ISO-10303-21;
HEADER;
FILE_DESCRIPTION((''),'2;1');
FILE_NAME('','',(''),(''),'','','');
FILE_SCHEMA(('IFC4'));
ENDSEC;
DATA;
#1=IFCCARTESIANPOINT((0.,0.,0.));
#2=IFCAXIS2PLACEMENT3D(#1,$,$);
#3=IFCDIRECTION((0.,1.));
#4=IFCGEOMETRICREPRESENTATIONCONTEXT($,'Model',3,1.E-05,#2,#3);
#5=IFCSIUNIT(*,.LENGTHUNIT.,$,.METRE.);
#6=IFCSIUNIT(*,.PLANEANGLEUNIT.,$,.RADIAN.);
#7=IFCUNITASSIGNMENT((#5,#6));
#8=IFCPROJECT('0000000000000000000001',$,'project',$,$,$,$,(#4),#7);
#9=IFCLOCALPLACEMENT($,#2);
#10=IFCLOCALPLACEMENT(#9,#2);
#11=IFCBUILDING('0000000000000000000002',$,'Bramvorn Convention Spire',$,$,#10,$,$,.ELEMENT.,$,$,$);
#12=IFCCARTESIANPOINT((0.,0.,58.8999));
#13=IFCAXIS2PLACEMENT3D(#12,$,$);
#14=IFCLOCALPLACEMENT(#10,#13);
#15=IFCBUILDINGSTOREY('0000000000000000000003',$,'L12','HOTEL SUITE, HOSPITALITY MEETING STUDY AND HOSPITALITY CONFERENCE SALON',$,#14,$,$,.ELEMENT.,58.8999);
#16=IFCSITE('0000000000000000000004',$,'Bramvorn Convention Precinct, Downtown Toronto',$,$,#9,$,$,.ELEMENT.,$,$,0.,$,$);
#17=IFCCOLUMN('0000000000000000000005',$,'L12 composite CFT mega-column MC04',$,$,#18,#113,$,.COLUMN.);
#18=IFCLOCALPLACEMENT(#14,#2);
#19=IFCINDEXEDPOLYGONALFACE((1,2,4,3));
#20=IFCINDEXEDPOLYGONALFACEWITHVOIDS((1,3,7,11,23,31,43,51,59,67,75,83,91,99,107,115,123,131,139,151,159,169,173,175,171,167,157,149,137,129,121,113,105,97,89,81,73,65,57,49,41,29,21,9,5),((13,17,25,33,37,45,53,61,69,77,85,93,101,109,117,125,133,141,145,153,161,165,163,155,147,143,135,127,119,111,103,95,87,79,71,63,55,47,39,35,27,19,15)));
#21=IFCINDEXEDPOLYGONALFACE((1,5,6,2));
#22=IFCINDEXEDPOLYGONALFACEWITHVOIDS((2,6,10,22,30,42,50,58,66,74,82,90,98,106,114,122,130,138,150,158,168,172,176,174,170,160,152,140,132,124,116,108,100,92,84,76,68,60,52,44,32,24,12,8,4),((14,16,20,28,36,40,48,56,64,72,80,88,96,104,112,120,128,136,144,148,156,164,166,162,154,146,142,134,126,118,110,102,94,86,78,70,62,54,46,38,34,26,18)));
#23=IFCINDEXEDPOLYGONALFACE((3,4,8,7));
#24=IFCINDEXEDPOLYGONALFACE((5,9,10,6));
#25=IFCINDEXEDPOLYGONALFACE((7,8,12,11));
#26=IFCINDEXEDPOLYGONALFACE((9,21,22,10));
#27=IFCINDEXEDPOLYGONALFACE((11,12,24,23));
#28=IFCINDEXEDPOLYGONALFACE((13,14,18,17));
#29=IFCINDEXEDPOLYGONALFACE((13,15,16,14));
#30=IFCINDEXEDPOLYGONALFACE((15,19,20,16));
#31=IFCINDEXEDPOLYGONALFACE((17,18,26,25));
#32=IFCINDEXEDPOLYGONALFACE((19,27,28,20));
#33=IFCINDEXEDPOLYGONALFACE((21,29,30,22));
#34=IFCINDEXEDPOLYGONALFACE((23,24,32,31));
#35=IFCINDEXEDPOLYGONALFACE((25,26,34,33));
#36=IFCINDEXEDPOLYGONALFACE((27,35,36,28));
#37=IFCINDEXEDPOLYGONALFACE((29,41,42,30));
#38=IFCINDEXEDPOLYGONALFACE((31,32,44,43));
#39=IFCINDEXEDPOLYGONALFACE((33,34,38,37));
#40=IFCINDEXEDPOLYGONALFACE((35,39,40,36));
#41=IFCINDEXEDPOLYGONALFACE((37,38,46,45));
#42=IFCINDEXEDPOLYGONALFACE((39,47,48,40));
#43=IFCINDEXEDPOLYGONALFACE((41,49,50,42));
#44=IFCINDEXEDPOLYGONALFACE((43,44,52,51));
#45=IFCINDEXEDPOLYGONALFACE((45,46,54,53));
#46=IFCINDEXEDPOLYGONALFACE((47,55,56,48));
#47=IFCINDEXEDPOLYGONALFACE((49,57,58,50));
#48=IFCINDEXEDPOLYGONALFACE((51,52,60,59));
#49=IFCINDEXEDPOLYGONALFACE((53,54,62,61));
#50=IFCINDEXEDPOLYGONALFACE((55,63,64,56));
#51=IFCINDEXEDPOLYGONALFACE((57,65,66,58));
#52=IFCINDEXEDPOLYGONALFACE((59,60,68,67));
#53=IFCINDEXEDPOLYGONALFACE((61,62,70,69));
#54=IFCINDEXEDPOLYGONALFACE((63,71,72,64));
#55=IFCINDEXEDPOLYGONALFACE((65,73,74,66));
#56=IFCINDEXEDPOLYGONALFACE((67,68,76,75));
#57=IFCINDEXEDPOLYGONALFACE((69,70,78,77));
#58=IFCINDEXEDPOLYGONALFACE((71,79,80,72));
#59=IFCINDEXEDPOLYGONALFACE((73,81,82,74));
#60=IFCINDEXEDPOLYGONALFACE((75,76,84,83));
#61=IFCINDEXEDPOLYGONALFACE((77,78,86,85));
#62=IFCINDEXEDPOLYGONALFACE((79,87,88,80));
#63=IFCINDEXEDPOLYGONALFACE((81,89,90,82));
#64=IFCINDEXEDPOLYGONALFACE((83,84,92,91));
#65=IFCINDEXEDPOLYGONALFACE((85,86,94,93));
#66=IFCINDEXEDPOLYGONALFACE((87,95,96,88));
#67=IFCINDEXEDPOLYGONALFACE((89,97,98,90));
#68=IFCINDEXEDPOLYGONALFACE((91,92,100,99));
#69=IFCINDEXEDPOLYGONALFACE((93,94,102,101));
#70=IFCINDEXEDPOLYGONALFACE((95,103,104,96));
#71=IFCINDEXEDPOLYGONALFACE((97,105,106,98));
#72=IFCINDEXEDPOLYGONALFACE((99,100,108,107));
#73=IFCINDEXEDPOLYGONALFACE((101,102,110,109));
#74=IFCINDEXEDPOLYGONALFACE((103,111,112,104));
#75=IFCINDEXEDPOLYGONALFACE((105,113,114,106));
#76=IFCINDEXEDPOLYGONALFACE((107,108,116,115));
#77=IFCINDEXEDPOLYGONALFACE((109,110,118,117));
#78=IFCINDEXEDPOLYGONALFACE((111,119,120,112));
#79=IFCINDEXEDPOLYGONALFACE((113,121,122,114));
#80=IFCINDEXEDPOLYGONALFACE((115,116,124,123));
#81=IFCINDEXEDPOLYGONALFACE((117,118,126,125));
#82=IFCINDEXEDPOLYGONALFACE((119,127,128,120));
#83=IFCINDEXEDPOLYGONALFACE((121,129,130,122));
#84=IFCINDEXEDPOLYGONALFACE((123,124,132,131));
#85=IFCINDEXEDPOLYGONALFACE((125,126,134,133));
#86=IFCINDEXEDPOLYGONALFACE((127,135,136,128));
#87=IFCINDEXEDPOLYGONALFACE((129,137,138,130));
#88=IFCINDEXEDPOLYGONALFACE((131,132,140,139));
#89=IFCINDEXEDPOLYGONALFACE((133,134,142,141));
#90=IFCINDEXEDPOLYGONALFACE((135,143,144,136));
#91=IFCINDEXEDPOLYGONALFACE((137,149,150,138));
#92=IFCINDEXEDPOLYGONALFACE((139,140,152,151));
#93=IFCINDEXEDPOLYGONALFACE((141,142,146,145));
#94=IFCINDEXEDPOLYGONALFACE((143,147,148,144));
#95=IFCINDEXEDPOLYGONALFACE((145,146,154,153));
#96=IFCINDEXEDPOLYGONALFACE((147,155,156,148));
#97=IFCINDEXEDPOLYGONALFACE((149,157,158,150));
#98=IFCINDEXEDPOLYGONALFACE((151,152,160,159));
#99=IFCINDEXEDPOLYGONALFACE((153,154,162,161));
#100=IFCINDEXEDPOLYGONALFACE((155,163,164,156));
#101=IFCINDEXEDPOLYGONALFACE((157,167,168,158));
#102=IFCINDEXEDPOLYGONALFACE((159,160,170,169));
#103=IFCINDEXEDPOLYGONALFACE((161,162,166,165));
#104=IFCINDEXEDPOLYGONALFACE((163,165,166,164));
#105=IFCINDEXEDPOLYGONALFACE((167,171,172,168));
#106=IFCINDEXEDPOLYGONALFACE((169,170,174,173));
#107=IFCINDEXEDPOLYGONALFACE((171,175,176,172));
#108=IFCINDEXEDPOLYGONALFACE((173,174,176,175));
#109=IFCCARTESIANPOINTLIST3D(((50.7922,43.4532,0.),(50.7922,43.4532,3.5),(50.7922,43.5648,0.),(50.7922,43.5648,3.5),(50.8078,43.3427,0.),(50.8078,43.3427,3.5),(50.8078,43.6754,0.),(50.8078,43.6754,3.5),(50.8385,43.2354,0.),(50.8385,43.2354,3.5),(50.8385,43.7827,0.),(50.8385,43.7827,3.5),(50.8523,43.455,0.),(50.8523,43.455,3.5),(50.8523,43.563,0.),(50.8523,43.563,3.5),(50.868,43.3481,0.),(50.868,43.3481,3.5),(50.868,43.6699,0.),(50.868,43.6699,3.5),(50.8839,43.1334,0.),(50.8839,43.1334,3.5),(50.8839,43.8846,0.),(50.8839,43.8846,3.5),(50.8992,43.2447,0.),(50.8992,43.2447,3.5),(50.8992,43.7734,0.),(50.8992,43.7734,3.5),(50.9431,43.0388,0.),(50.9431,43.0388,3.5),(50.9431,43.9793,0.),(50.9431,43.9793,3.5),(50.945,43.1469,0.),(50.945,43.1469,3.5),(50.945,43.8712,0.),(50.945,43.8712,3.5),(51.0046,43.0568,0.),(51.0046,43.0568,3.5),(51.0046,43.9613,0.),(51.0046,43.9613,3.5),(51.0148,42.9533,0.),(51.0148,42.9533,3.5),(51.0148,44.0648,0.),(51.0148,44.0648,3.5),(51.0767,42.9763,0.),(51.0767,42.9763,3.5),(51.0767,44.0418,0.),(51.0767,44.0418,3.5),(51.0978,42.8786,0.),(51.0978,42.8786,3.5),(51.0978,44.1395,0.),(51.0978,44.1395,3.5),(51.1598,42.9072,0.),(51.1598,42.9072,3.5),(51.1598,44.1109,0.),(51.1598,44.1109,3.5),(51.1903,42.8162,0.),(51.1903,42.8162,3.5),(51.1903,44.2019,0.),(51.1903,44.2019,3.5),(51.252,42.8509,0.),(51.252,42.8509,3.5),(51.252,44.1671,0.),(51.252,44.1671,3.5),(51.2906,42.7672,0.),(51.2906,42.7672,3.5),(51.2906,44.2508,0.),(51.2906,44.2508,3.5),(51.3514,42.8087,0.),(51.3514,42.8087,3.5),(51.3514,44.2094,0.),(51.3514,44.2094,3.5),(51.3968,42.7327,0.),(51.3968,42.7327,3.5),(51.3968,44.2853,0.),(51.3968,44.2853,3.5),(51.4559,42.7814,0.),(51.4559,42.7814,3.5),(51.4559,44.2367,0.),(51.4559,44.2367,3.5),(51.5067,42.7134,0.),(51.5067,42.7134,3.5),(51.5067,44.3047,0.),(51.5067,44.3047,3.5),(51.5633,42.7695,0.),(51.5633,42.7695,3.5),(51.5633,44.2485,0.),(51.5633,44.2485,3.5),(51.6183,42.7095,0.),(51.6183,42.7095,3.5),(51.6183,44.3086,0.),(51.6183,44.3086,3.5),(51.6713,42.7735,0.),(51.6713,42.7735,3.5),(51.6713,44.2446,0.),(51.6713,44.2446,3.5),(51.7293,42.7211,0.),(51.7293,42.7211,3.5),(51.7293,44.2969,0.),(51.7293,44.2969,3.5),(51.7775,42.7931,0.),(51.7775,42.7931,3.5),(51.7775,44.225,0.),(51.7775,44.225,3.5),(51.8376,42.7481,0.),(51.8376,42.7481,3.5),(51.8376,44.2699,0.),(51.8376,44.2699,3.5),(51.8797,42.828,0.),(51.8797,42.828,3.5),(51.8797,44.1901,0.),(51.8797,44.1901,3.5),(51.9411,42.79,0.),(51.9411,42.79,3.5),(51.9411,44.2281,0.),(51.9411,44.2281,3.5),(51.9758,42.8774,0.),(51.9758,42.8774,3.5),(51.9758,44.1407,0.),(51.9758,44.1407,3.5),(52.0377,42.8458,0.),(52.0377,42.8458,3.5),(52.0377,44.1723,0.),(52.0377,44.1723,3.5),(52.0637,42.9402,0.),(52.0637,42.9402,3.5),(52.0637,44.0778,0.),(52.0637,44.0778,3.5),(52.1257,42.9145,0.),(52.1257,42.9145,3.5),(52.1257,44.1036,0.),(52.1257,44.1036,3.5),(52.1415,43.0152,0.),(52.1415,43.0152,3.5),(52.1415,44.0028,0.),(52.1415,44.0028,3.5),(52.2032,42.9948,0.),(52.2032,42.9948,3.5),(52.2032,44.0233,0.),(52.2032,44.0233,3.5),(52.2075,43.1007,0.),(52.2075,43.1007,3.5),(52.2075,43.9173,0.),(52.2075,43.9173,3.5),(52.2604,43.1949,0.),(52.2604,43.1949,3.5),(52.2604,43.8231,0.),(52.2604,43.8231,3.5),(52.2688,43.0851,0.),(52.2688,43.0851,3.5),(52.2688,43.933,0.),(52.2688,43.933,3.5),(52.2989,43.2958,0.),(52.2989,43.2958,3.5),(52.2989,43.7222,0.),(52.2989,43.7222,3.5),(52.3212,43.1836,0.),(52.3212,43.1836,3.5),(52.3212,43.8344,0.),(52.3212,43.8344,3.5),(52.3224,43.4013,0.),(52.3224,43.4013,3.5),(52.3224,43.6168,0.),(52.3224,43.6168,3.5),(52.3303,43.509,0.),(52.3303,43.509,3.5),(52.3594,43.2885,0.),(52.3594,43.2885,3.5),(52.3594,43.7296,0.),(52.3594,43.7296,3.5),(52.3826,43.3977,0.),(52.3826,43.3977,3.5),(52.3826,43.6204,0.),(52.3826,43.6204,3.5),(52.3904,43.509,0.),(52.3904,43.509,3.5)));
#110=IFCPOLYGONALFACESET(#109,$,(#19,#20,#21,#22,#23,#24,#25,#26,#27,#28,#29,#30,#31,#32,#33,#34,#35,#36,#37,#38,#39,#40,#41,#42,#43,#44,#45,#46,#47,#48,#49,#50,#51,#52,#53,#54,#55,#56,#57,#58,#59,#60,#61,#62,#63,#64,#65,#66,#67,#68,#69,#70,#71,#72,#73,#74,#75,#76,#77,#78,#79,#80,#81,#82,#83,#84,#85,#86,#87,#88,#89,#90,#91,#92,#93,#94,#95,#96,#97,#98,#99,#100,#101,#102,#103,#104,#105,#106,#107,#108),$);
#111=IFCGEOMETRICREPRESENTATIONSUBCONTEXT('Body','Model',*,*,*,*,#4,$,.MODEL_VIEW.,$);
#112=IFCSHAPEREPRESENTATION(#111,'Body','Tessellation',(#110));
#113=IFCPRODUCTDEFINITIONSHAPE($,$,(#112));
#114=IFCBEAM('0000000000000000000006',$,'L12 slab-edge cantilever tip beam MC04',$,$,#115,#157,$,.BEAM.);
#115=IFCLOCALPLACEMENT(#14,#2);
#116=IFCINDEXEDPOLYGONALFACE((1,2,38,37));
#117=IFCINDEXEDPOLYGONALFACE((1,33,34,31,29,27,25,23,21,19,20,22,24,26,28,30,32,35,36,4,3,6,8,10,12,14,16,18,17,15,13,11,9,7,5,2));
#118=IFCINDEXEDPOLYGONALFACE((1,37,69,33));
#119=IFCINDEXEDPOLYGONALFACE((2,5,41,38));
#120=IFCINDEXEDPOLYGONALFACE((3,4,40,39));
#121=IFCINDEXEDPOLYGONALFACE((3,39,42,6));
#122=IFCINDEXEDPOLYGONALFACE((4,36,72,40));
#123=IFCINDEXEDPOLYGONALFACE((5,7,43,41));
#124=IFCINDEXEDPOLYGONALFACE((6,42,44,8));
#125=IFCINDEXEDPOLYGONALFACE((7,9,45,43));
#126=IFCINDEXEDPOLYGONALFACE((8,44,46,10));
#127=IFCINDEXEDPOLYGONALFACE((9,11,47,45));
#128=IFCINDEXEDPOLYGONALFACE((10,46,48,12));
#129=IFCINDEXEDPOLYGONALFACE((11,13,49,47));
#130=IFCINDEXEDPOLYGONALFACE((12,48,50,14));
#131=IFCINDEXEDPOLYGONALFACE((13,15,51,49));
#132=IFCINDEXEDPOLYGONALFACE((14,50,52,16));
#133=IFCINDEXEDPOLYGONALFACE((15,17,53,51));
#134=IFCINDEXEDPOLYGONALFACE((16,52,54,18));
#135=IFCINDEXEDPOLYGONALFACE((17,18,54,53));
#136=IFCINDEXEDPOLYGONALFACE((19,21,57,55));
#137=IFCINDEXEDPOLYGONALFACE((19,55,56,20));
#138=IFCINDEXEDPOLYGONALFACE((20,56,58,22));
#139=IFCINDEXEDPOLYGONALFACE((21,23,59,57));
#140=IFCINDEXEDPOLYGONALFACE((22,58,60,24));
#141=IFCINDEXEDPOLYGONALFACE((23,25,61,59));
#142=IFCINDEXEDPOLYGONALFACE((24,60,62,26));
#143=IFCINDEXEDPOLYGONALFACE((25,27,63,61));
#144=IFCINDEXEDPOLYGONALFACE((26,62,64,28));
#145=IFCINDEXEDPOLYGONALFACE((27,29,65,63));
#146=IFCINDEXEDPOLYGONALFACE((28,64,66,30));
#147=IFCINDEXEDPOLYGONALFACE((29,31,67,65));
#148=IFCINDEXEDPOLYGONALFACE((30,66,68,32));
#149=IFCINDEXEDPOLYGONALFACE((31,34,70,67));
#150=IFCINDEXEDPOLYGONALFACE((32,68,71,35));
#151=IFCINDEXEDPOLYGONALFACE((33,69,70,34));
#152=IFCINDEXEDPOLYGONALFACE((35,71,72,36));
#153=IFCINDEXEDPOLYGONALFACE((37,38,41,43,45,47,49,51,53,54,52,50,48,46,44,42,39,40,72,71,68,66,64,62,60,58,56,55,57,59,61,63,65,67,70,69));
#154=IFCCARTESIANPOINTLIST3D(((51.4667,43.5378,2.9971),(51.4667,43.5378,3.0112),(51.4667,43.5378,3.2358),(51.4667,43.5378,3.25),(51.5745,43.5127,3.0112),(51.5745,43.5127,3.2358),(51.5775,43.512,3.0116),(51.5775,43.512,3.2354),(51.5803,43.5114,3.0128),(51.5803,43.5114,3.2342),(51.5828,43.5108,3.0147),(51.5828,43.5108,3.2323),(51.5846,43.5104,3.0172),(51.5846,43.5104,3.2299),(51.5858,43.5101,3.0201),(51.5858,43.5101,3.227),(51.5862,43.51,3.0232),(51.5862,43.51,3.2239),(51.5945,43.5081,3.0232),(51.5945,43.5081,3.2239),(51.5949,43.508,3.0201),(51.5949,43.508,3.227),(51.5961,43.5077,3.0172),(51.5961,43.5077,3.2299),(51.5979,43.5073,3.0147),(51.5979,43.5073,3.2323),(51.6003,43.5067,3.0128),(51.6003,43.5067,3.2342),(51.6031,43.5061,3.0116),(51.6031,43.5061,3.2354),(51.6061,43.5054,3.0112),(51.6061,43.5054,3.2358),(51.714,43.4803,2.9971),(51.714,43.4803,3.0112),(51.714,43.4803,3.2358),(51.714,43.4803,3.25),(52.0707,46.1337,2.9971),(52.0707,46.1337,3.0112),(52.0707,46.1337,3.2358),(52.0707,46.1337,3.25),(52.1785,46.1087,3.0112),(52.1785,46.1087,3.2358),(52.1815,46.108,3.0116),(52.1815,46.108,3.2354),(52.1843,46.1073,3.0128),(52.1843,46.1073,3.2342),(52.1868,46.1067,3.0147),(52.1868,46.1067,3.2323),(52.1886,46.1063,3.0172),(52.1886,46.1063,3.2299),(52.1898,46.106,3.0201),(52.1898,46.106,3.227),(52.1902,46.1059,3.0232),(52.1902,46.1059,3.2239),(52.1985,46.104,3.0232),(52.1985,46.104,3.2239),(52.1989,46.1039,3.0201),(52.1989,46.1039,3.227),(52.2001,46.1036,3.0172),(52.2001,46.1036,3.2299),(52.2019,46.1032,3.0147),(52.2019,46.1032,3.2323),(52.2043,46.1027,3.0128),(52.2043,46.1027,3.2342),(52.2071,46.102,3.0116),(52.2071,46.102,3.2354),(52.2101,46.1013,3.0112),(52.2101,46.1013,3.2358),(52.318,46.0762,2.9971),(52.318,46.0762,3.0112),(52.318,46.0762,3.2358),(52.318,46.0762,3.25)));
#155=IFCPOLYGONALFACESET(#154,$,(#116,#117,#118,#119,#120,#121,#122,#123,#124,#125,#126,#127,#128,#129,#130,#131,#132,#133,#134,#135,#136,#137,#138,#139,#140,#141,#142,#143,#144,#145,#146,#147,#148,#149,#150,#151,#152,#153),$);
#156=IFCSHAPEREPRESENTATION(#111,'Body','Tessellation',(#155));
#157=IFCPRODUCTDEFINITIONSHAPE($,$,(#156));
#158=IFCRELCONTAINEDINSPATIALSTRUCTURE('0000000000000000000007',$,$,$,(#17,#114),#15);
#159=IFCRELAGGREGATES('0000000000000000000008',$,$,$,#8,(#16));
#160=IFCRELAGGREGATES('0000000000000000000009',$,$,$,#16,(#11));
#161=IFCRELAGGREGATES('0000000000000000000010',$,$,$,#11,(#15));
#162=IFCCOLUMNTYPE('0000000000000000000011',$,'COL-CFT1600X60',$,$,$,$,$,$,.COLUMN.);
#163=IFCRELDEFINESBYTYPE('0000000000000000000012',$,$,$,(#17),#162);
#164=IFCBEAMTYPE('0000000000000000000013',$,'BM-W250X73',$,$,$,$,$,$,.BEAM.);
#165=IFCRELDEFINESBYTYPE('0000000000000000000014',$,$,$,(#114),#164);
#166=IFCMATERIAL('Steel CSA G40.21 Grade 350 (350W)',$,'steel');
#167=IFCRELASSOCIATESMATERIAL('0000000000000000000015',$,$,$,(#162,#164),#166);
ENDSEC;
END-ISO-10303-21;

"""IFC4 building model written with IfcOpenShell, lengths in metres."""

from ifc_helpers import new_model, si_unit, direction, frame, origin, origin_2d, place, context, subcontext, project, spatial, hollow_circle, i_section, extrude, material, material_profile, profile_set, type_object, element, save


model = new_model("IFC4")

# Units and contexts
model_context = context("Model", 3, precision=1e-05, world=origin(), true_north=direction((0.0, 1.0)))
body_context = subcontext(model_context, "Body", "Model", "MODEL_VIEW")
ifc_project = project(units=[si_unit("LENGTHUNIT", "METRE"), si_unit("PLANEANGLEUNIT", "RADIAN")], contexts=[model_context])

# Site, building, storey
site_placement = place(None, origin())
site = spatial("IfcSite", under=ifc_project, at=site_placement, Name="Bramvorn Convention Precinct, Downtown Toronto", CompositionType="ELEMENT", RefElevation=0.0)
building_placement = place(site_placement, origin())
building = spatial("IfcBuilding", under=site, at=building_placement, Name="Bramvorn Convention Spire", CompositionType="ELEMENT")
storey_placement = place(building_placement, frame((0.0, 0.0, 58.8999)))
storey = spatial("IfcBuildingStorey", under=building, at=storey_placement, Name="L12", Description="HOTEL SUITE, HOSPITALITY MEETING STUDY AND HOSPITALITY CONFERENCE SALON", CompositionType="ELEMENT", Elevation=58.8999)

# Column
ifc_material_1 = material(Name="Steel CSA G40.21 Grade 350 (350W)", Category="steel")
ifc_material_profile_1 = material_profile(ifc_material_1, hollow_circle(Radius=0.8, WallThickness=0.0601, at=origin_2d()))
ifc_profile_set_1 = profile_set([ifc_material_profile_1], Name="Steel CSA G40.21 Grade 350 (350W) - CFT1600X60")
column_type = type_object("IfcColumnType", Name="COL-CFT1600X60", PredefinedType="COLUMN", material=ifc_profile_set_1)
column_placement = place(storey_placement, frame((51.5903, 43.509, 0.0), z_axis=(0.0, 0.0, 1.0), x_axis=(1.0, 0.0, 0.0)))
element("IfcColumn", 1, at=column_placement, inside=storey, type_object=column_type, Name="L12 composite CFT mega-column MC04", PredefinedType="COLUMN", context=body_context, shape_type="SweptSolid", body=[
    extrude(hollow_circle(Radius=0.8, WallThickness=0.0601, at=origin_2d()), origin(), (0.0, 0.0, 1.0), 3.5),
])

# Beam
ifc_material_profile_2 = material_profile(ifc_material_1, i_section(OverallWidth=0.2539, OverallDepth=0.2529, WebThickness=0.0085, FlangeThickness=0.0142, FilletRadius=0.012, at=origin_2d()))
ifc_profile_set_2 = profile_set([ifc_material_profile_2], Name="Steel CSA G40.21 Grade 350 (350W) - W250X73")
beam_type_1 = type_object("IfcBeamType", Name="BM-W250X73", PredefinedType="BEAM", material=ifc_profile_set_2)
beam_1_placement = place(storey_placement, frame((51.5903, 43.509, 3.1235), z_axis=(0.226619, 0.973984, 0.0), x_axis=(-0.973984, 0.226619, 0.0)))
element("IfcBeam", 2, at=beam_1_placement, inside=storey, type_object=beam_type_1, Name="L12 slab-edge cantilever tip beam MC04", PredefinedType="BEAM", context=body_context, shape_type="SweptSolid", body=[
    extrude(i_section(OverallWidth=0.2539, OverallDepth=0.2529, WebThickness=0.0085, FlangeThickness=0.0142, FilletRadius=0.012, at=origin_2d()), origin(), (0.0, 0.0, 1.0), 2.6653),
])

save(model, "model.ifc")
